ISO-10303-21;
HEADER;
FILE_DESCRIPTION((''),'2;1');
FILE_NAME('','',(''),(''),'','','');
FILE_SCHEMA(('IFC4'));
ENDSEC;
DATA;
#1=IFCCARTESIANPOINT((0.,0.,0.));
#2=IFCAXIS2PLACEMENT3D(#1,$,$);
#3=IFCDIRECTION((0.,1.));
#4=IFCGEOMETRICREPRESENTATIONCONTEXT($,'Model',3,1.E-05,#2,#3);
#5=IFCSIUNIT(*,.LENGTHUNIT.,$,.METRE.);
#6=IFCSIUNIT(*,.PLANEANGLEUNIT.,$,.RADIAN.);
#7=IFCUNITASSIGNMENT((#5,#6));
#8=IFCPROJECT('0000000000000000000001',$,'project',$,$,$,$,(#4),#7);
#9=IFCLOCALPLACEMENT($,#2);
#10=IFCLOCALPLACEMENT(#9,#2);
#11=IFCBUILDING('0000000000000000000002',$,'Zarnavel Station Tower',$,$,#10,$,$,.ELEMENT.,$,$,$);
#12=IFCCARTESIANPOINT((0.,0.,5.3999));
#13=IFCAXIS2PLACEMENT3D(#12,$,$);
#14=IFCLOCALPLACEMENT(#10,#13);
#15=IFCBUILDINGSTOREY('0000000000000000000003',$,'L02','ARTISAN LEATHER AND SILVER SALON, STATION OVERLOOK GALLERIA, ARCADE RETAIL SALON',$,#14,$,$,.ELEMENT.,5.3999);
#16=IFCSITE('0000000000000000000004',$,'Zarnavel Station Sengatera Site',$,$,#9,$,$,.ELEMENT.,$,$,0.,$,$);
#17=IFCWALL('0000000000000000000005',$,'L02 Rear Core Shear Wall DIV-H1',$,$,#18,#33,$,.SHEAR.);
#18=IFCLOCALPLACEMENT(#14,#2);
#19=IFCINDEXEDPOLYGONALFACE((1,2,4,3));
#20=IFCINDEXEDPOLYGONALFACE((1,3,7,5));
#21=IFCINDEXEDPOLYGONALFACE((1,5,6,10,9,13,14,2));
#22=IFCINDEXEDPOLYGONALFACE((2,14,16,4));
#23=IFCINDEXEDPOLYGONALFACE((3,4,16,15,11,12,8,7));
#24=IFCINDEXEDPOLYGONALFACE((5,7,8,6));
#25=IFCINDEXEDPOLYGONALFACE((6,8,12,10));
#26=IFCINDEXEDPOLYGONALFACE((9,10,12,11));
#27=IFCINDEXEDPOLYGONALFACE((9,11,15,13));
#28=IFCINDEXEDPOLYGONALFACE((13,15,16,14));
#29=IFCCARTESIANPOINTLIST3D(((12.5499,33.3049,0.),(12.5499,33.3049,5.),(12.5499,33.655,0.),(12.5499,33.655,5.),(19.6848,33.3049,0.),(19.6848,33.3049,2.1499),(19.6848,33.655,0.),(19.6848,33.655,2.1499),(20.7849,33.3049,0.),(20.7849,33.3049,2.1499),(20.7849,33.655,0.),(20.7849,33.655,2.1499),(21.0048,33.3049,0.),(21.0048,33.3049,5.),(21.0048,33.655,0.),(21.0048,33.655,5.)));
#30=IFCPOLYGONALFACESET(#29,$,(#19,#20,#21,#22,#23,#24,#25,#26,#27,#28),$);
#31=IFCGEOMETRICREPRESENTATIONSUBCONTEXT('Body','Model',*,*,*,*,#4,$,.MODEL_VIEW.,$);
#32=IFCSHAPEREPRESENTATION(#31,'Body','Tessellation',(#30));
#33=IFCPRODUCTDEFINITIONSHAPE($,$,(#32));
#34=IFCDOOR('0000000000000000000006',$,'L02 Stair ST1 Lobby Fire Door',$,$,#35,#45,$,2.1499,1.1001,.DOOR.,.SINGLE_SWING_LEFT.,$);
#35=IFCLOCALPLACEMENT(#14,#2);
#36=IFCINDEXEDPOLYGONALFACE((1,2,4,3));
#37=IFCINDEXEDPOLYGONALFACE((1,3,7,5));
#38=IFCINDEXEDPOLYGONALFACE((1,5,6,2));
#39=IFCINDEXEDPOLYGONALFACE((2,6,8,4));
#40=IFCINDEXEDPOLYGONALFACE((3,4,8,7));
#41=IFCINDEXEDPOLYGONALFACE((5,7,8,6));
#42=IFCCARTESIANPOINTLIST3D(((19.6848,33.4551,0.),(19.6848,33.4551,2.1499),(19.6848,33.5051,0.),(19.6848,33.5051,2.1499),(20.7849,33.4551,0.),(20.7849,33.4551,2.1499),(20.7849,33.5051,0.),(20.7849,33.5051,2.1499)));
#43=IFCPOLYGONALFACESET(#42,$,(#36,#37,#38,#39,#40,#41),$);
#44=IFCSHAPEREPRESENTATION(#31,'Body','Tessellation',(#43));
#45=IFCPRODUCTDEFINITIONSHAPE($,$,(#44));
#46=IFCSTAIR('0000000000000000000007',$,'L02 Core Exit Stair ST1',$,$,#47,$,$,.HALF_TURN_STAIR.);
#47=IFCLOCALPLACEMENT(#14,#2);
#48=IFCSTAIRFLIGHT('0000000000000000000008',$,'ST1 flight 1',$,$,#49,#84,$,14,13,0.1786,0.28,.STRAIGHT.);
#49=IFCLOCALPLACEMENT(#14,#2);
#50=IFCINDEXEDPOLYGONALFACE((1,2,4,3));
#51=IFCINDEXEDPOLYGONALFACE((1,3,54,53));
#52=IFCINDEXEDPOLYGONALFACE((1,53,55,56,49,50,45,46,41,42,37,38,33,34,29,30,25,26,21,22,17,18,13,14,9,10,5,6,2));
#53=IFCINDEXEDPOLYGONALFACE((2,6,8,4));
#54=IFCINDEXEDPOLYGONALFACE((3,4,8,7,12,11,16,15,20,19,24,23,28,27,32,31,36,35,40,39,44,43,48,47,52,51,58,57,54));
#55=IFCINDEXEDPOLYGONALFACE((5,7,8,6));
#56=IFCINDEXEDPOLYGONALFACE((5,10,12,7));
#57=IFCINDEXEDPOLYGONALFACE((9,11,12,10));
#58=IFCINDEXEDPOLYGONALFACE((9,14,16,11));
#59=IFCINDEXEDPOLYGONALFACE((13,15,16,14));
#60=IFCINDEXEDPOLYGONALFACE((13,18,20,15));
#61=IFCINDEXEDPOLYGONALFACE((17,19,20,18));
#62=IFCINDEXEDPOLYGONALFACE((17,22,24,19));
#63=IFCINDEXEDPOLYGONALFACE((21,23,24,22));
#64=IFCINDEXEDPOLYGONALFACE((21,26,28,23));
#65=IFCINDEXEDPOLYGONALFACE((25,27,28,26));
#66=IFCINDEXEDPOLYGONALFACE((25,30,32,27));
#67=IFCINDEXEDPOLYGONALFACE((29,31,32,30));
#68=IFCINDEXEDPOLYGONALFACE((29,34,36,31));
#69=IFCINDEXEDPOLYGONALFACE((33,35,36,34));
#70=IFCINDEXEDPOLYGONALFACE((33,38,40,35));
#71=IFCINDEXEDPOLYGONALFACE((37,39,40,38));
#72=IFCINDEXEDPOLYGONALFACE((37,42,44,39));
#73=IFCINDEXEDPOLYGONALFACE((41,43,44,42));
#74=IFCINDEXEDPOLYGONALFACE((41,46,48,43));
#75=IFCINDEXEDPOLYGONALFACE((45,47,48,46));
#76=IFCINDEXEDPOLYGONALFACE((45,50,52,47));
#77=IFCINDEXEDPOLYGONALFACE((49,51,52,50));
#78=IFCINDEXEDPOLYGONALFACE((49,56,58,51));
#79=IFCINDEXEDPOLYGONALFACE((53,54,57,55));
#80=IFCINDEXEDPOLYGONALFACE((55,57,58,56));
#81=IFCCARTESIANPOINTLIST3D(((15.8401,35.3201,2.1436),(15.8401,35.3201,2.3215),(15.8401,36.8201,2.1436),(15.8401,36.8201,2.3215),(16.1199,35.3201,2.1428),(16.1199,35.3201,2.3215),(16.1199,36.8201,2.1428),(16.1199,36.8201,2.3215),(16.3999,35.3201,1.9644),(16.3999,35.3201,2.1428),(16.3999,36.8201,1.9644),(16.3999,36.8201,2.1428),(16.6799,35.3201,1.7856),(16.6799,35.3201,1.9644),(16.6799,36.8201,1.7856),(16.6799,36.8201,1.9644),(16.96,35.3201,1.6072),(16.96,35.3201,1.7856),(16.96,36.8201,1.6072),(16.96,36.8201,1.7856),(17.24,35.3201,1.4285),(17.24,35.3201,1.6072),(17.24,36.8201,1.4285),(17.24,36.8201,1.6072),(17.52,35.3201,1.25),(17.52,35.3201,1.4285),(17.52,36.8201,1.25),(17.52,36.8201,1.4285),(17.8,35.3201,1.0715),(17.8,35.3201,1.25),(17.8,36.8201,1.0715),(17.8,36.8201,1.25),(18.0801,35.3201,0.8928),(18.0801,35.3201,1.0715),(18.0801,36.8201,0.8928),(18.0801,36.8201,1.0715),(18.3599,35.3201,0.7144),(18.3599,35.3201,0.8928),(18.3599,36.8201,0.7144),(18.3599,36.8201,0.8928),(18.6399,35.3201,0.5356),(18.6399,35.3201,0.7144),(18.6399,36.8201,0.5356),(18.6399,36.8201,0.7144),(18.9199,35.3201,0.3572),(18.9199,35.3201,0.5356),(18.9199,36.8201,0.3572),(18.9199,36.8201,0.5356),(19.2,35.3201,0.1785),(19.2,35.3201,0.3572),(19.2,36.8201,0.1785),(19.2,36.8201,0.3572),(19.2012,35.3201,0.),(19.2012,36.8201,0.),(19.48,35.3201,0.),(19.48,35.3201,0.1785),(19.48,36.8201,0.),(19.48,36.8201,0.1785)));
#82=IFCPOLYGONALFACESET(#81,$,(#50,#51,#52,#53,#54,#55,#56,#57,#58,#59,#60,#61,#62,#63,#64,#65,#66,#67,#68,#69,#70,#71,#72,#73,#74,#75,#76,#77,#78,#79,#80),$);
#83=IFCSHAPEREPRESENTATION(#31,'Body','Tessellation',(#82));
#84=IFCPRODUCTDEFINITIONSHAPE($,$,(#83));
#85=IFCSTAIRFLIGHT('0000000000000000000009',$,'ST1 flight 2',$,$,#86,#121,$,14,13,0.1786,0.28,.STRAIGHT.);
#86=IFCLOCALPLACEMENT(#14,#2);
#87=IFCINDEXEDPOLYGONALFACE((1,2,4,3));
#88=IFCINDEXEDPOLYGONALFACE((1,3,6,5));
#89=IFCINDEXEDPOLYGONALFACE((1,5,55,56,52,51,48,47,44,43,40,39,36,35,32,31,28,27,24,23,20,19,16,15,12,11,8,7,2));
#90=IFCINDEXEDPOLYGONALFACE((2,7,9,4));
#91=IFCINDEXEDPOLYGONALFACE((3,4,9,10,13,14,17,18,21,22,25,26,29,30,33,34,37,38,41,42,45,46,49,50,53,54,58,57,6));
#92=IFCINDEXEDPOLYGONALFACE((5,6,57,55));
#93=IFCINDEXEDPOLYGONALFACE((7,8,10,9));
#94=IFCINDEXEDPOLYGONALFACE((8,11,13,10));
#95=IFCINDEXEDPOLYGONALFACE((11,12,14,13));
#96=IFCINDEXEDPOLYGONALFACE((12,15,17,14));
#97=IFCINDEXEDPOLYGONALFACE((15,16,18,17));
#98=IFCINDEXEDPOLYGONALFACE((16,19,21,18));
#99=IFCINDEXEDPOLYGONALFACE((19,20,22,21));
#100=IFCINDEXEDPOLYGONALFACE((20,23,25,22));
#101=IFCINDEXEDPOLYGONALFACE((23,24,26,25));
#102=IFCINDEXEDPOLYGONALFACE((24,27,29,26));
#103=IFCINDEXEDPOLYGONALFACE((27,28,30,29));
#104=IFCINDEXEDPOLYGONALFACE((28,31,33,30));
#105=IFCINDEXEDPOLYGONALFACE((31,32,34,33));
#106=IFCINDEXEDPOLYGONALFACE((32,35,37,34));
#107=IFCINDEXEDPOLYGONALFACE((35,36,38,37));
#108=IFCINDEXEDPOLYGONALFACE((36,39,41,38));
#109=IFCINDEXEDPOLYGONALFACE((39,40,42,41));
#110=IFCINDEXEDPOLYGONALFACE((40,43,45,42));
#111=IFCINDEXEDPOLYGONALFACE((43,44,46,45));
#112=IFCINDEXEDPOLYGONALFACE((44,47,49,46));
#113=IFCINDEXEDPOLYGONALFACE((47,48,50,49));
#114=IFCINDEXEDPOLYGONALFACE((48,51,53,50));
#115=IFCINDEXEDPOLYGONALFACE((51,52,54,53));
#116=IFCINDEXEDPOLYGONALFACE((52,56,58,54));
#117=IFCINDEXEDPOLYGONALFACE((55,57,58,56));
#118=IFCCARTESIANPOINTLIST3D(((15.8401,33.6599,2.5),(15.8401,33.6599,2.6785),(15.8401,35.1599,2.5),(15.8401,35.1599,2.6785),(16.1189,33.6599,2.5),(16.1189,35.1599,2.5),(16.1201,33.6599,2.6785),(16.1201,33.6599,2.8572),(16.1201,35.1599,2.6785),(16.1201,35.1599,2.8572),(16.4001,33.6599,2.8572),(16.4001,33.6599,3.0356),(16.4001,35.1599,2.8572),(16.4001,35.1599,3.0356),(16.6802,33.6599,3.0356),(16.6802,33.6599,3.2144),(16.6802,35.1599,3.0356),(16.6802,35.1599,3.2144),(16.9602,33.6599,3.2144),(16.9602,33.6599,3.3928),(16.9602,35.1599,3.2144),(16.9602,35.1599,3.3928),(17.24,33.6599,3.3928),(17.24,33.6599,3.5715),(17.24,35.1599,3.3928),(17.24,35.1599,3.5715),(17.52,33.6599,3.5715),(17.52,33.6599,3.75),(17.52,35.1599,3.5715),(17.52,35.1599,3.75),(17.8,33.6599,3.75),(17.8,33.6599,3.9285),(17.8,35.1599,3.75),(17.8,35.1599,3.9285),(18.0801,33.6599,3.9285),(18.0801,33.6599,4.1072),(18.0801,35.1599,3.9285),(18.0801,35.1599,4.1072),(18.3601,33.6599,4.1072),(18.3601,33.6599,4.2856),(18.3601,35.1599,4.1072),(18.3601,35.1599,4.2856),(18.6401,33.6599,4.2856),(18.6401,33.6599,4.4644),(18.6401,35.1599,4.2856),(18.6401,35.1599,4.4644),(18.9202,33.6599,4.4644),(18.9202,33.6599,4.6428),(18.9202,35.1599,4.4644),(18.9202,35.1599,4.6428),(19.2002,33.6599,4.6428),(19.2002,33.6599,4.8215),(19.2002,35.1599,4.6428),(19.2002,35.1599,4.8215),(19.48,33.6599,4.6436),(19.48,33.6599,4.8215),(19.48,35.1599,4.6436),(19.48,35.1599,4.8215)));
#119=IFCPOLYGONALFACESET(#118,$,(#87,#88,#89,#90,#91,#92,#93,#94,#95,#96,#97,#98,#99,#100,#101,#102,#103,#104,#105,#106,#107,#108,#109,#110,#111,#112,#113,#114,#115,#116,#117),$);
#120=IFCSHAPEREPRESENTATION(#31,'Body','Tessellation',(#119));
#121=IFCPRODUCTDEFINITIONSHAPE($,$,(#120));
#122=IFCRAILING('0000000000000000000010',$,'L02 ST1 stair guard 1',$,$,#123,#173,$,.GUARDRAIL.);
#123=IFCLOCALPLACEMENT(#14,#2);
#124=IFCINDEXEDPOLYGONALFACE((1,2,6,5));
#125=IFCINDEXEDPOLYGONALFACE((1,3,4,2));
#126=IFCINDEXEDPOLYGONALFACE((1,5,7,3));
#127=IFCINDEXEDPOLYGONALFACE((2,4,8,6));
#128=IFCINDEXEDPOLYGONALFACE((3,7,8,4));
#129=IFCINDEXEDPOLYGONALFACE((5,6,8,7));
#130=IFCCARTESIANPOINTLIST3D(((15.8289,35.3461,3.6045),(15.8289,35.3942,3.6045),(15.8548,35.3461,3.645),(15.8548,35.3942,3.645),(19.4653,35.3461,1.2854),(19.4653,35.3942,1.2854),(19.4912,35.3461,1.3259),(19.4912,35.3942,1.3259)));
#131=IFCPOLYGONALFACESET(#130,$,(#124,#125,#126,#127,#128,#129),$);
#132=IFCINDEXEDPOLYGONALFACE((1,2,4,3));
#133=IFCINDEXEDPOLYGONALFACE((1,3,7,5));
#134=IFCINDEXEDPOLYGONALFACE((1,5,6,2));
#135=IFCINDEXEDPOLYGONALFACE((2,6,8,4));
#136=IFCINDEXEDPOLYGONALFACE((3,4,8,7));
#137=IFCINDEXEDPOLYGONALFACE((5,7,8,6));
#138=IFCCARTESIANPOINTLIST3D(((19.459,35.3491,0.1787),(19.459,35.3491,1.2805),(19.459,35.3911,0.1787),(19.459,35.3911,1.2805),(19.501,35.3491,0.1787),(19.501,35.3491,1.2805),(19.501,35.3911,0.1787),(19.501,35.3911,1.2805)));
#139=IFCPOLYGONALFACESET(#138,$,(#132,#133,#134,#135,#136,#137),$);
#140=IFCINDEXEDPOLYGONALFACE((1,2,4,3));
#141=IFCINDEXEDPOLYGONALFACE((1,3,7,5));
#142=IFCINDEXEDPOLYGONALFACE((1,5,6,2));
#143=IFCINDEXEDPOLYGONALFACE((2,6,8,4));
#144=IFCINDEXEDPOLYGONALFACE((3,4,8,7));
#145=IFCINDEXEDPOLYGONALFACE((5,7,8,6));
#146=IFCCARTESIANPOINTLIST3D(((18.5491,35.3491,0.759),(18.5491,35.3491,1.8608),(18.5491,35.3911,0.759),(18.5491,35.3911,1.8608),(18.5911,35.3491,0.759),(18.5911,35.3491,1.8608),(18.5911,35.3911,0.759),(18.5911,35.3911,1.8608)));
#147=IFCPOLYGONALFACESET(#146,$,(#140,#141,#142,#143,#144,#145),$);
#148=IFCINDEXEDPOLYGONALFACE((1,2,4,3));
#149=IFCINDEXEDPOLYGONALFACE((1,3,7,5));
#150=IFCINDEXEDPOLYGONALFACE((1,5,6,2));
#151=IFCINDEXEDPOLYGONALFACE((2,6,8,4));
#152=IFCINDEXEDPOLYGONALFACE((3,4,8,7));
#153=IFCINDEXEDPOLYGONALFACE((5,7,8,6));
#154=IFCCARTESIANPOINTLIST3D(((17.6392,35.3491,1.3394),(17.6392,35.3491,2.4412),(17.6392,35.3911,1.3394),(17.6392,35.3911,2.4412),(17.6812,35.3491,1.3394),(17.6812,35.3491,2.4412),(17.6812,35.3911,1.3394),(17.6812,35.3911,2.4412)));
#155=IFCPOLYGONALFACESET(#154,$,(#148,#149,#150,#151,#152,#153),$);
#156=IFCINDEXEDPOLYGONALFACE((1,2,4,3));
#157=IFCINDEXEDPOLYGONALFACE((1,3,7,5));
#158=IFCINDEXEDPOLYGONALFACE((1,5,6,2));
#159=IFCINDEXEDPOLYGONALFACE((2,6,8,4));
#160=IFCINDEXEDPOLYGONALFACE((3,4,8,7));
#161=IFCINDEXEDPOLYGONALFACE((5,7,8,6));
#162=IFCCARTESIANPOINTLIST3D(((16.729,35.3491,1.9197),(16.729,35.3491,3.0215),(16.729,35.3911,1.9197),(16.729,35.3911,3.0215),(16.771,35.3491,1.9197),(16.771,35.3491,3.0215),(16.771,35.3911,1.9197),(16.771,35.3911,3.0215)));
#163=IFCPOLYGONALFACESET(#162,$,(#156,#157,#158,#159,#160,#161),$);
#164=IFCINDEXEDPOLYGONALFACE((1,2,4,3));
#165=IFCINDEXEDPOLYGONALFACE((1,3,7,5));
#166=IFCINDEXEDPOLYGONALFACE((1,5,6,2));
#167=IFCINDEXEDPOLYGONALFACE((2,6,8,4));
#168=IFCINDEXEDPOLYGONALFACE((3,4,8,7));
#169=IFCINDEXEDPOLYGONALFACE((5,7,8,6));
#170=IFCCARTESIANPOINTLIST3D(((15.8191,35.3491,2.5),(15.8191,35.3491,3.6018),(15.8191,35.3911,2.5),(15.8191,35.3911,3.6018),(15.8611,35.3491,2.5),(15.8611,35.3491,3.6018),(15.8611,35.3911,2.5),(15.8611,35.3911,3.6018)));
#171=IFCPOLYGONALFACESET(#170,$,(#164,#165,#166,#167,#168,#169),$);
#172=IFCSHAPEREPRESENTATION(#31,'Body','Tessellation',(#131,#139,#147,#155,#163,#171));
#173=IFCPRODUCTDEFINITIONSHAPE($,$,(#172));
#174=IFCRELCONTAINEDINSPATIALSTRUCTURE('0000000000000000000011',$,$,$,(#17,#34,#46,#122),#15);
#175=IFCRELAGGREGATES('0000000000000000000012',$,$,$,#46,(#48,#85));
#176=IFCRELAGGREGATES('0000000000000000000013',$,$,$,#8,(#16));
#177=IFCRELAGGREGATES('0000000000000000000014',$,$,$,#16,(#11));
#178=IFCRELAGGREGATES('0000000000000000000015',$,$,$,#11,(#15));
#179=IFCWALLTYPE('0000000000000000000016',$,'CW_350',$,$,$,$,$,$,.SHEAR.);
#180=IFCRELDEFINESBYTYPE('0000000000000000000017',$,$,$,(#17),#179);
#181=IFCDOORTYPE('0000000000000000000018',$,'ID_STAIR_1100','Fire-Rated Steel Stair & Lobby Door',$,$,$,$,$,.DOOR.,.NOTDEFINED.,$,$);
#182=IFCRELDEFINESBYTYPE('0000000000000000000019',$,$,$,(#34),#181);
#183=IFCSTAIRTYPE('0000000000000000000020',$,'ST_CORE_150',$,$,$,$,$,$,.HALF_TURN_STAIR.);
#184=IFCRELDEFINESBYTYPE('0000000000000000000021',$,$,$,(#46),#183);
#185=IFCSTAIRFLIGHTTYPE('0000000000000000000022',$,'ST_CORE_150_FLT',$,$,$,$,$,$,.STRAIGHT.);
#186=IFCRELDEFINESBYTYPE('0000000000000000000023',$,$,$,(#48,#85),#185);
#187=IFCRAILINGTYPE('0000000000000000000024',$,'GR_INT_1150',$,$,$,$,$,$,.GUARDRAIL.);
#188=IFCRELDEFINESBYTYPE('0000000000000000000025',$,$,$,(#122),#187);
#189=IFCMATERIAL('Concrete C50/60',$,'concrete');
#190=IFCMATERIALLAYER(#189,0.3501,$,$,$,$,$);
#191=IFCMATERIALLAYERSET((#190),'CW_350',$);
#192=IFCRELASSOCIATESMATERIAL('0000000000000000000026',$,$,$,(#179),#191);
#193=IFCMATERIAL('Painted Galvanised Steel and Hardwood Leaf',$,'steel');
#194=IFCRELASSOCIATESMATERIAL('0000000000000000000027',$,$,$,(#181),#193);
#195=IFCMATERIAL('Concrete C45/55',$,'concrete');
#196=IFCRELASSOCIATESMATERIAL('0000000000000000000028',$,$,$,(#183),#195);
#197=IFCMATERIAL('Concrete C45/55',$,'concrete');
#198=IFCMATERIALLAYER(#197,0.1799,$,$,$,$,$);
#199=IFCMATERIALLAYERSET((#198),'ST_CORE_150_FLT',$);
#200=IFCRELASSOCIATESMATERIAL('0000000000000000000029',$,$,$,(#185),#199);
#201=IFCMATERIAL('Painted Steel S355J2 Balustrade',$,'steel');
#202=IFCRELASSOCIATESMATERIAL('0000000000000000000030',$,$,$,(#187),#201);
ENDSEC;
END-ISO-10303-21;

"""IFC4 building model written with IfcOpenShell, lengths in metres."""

from ifc_helpers import new_model, si_unit, direction, frame, frame_2d, origin, origin_2d, place, context, subcontext, project, spatial, polyline, rectangle, outline, extrude, material, layer, layer_set, type_object, element, fill, aggregate, save


model = new_model("IFC4")

# Units and contexts
model_context = context("Model", 3, precision=1e-05, world=origin(), true_north=direction((0.0, 1.0)))
body_context = subcontext(model_context, "Body", "Model", "MODEL_VIEW")
ifc_project = project(units=[si_unit("LENGTHUNIT", "METRE"), si_unit("PLANEANGLEUNIT", "RADIAN")], contexts=[model_context])

# Site, building, storey
site_placement = place(None, origin())
site = spatial("IfcSite", under=ifc_project, at=site_placement, Name="Zarnavel Station Sengatera Site", CompositionType="ELEMENT", RefElevation=0.0)
building_placement = place(site_placement, origin())
building = spatial("IfcBuilding", under=site, at=building_placement, Name="Zarnavel Station Tower", CompositionType="ELEMENT")
storey_placement = place(building_placement, frame((0.0, 0.0, 5.3999)))
storey = spatial("IfcBuildingStorey", under=building, at=storey_placement, Name="L02", Description="ARTISAN LEATHER AND SILVER SALON, STATION OVERLOOK GALLERIA, ARCADE RETAIL SALON", CompositionType="ELEMENT", Elevation=5.3999)

# Wall, opening, door
ifc_material_1 = material(Name="Concrete C50/60", Category="concrete")
ifc_layer_1 = layer(ifc_material_1, 0.3501)
ifc_layer_set_1 = layer_set([ifc_layer_1], Name="CW_350")
wall_type_1 = type_object("IfcWallType", Name="CW_350", PredefinedType="SHEAR", material=ifc_layer_set_1)
wall_1_placement = place(storey_placement, frame((21.0049, 33.48, 0.0), z_axis=(0.0, 0.0, 1.0), x_axis=(-1.0, 0.0, 0.0)))
wall_1 = element("IfcWall", 1, at=wall_1_placement, inside=storey, type_object=wall_type_1, Name="L02 Rear Core Shear Wall DIV-H1", PredefinedType="SHEAR", context=body_context, shape_type="SweptSolid", body=[
    extrude(rectangle(XDim=8.4548, YDim=0.3501, at=frame_2d((4.2275, 0.0))), origin(), (0.0, 0.0, 1.0), 5.0),
])
opening_1_placement = place(wall_1_placement, frame((0.22, 0.0, 0.0)))
opening_1 = element("IfcOpeningElement", 2, at=opening_1_placement, cuts=wall_1, PredefinedType="OPENING", context=body_context, shape_type="SweptSolid", body=[
    extrude(rectangle(XDim=1.1001, YDim=2.1499, at=frame_2d((0.55, 1.075))), frame((0.0, 0.1851, 0.0), z_axis=(0.0, -1.0, 0.0), x_axis=(1.0, 0.0, 0.0)), (0.0, 0.0, 1.0), 0.3701),
])
ifc_material_2 = material(Name="Painted Galvanised Steel and Hardwood Leaf", Category="steel")
door_type_1 = type_object("IfcDoorType", Name="ID_STAIR_1100", Description="Fire-Rated Steel Stair & Lobby Door", OperationType="NOTDEFINED", PredefinedType="DOOR", material=ifc_material_2)
door_1_placement = place(opening_1_placement, origin())
door_1 = element("IfcDoor", 3, at=door_1_placement, inside=storey, type_object=door_type_1, Name="L02 Stair ST1 Lobby Fire Door", OperationType="SINGLE_SWING_LEFT", OverallHeight=2.1499, OverallWidth=1.1001, PredefinedType="DOOR", context=body_context, shape_type="SweptSolid", body=[
    extrude(rectangle(XDim=1.1001, YDim=2.1499, at=frame_2d((0.55, 1.075))), frame((0.0, 0.0249, 0.0), z_axis=(0.0, -1.0, 0.0), x_axis=(1.0, 0.0, 0.0)), (0.0, 0.0, 1.0), 0.05),
])
fill(opening_1, door_1)

# Stair, stair flights
ifc_material_3 = material(Name="Concrete C45/55", Category="concrete")
stair_type = type_object("IfcStairType", Name="ST_CORE_150", PredefinedType="HALF_TURN_STAIR", material=ifc_material_3)
stair_placement = place(storey_placement, origin())
stair = element("IfcStair", 4, at=stair_placement, inside=storey, type_object=stair_type, Name="L02 Core Exit Stair ST1", PredefinedType="HALF_TURN_STAIR")
ifc_material_4 = material(Name="Concrete C45/55", Category="concrete")
ifc_layer_2 = layer(ifc_material_4, 0.1799)
ifc_layer_set_2 = layer_set([ifc_layer_2], Name="ST_CORE_150_FLT")
stair_flight_type = type_object("IfcStairFlightType", Name="ST_CORE_150_FLT", PredefinedType="STRAIGHT", material=ifc_layer_set_2)
stair_flight_1_placement = place(storey_placement, frame((19.48, 36.0701, 0.0), z_axis=(0.0, 0.0, 1.0), x_axis=(-1.0, 0.0, 0.0)))
stair_flight_1 = element("IfcStairFlight", 5, at=stair_flight_1_placement, type_object=stair_flight_type, Name="ST1 flight 1", NumberOfRisers=14, NumberOfTreads=13, PredefinedType="STRAIGHT", RiserHeight=0.1786, TreadLength=0.28, context=body_context, shape_type="SweptSolid", body=[
    extrude(outline(polyline([(0.0, 0.0), (0.0, 0.1785), (0.28, 0.1785), (0.28, 0.3572), (0.5601, 0.3572), (0.5601, 0.5356), (0.8401, 0.5356), (0.8401, 0.7144), (1.1201, 0.7144), (1.1201, 0.8928), (1.3999, 0.8928), (1.3999, 1.0715), (1.6799, 1.0715), (1.6799, 1.25), (1.96, 1.25), (1.96, 1.4285), (2.24, 1.4285), (2.24, 1.6072), (2.52, 1.6072), (2.52, 1.7856), (2.8, 1.7856), (2.8, 1.9644), (3.0801, 1.9644), (3.0801, 2.1428), (3.3601, 2.1428), (3.3601, 2.3215), (3.6399, 2.3215), (3.6399, 2.5), (3.6399, 2.1436), (0.2788, 0.0), (0.0, 0.0)])), frame((0.0, 0.75, 0.0), z_axis=(0.0, -1.0, 0.0), x_axis=(1.0, 0.0, 0.0)), (0.0, 0.0, 1.0), 1.5),
])
stair_flight_2_placement = place(storey_placement, frame((15.8401, 34.4099, 2.5), z_axis=(0.0, 0.0, 1.0), x_axis=(1.0, 0.0, 0.0)))
stair_flight_2 = element("IfcStairFlight", 6, at=stair_flight_2_placement, type_object=stair_flight_type, Name="ST1 flight 2", NumberOfRisers=14, NumberOfTreads=13, PredefinedType="STRAIGHT", RiserHeight=0.1786, TreadLength=0.28, context=body_context, shape_type="SweptSolid", body=[
    extrude(outline(polyline([(0.0, 0.0), (0.0, 0.1785), (0.28, 0.1785), (0.28, 0.3572), (0.5601, 0.3572), (0.5601, 0.5356), (0.8401, 0.5356), (0.8401, 0.7144), (1.1201, 0.7144), (1.1201, 0.8928), (1.3999, 0.8928), (1.3999, 1.0715), (1.6799, 1.0715), (1.6799, 1.25), (1.96, 1.25), (1.96, 1.4285), (2.24, 1.4285), (2.24, 1.6072), (2.52, 1.6072), (2.52, 1.7856), (2.8, 1.7856), (2.8, 1.9644), (3.0801, 1.9644), (3.0801, 2.1428), (3.3601, 2.1428), (3.3601, 2.3215), (3.6399, 2.3215), (3.6399, 2.5), (3.6399, 2.1436), (0.2788, 0.0), (0.0, 0.0)])), frame((0.0, 0.75, 0.0), z_axis=(0.0, -1.0, 0.0), x_axis=(1.0, 0.0, 0.0)), (0.0, 0.0, 1.0), 1.5),
])
aggregate(stair, [stair_flight_1, stair_flight_2])

# Railing
ifc_material_5 = material(Name="Painted Steel S355J2 Balustrade", Category="steel")
railing_type_1 = type_object("IfcRailingType", Name="GR_INT_1150", PredefinedType="GUARDRAIL", material=ifc_material_5)
railing_1_placement = place(storey_placement, frame((19.48, 35.3701, 0.1787)))
element("IfcRailing", 7, at=railing_1_placement, inside=storey, type_object=railing_type_1, Name="L02 ST1 stair guard 1", PredefinedType="GUARDRAIL", context=body_context, shape_type="SweptSolid", body=[
    extrude(rectangle(XDim=0.0481, YDim=0.0481, at=origin_2d()), frame((-0.0017, 0.0, 1.127), z_axis=(-0.843137, 0.0, 0.537699), x_axis=(0.0, -1.0, 0.0)), (0.0, 0.0, 1.0), 4.313),
    extrude(rectangle(XDim=0.042, YDim=0.042, at=origin_2d()), origin(), (0.0, 0.0, 1.0), 1.1018),
    extrude(rectangle(XDim=0.042, YDim=0.042, at=origin_2d()), frame((-0.9099, 0.0, 0.5803)), (0.0, 0.0, 1.0), 1.1018),
    extrude(rectangle(XDim=0.042, YDim=0.042, at=origin_2d()), frame((-1.8198, 0.0, 1.1606)), (0.0, 0.0, 1.0), 1.1018),
    extrude(rectangle(XDim=0.042, YDim=0.042, at=origin_2d()), frame((-2.73, 0.0, 1.741)), (0.0, 0.0, 1.0), 1.1018),
    extrude(rectangle(XDim=0.042, YDim=0.042, at=origin_2d()), frame((-3.6399, 0.0, 2.3213)), (0.0, 0.0, 1.0), 1.1018),
])

save(model, "model.ifc")
